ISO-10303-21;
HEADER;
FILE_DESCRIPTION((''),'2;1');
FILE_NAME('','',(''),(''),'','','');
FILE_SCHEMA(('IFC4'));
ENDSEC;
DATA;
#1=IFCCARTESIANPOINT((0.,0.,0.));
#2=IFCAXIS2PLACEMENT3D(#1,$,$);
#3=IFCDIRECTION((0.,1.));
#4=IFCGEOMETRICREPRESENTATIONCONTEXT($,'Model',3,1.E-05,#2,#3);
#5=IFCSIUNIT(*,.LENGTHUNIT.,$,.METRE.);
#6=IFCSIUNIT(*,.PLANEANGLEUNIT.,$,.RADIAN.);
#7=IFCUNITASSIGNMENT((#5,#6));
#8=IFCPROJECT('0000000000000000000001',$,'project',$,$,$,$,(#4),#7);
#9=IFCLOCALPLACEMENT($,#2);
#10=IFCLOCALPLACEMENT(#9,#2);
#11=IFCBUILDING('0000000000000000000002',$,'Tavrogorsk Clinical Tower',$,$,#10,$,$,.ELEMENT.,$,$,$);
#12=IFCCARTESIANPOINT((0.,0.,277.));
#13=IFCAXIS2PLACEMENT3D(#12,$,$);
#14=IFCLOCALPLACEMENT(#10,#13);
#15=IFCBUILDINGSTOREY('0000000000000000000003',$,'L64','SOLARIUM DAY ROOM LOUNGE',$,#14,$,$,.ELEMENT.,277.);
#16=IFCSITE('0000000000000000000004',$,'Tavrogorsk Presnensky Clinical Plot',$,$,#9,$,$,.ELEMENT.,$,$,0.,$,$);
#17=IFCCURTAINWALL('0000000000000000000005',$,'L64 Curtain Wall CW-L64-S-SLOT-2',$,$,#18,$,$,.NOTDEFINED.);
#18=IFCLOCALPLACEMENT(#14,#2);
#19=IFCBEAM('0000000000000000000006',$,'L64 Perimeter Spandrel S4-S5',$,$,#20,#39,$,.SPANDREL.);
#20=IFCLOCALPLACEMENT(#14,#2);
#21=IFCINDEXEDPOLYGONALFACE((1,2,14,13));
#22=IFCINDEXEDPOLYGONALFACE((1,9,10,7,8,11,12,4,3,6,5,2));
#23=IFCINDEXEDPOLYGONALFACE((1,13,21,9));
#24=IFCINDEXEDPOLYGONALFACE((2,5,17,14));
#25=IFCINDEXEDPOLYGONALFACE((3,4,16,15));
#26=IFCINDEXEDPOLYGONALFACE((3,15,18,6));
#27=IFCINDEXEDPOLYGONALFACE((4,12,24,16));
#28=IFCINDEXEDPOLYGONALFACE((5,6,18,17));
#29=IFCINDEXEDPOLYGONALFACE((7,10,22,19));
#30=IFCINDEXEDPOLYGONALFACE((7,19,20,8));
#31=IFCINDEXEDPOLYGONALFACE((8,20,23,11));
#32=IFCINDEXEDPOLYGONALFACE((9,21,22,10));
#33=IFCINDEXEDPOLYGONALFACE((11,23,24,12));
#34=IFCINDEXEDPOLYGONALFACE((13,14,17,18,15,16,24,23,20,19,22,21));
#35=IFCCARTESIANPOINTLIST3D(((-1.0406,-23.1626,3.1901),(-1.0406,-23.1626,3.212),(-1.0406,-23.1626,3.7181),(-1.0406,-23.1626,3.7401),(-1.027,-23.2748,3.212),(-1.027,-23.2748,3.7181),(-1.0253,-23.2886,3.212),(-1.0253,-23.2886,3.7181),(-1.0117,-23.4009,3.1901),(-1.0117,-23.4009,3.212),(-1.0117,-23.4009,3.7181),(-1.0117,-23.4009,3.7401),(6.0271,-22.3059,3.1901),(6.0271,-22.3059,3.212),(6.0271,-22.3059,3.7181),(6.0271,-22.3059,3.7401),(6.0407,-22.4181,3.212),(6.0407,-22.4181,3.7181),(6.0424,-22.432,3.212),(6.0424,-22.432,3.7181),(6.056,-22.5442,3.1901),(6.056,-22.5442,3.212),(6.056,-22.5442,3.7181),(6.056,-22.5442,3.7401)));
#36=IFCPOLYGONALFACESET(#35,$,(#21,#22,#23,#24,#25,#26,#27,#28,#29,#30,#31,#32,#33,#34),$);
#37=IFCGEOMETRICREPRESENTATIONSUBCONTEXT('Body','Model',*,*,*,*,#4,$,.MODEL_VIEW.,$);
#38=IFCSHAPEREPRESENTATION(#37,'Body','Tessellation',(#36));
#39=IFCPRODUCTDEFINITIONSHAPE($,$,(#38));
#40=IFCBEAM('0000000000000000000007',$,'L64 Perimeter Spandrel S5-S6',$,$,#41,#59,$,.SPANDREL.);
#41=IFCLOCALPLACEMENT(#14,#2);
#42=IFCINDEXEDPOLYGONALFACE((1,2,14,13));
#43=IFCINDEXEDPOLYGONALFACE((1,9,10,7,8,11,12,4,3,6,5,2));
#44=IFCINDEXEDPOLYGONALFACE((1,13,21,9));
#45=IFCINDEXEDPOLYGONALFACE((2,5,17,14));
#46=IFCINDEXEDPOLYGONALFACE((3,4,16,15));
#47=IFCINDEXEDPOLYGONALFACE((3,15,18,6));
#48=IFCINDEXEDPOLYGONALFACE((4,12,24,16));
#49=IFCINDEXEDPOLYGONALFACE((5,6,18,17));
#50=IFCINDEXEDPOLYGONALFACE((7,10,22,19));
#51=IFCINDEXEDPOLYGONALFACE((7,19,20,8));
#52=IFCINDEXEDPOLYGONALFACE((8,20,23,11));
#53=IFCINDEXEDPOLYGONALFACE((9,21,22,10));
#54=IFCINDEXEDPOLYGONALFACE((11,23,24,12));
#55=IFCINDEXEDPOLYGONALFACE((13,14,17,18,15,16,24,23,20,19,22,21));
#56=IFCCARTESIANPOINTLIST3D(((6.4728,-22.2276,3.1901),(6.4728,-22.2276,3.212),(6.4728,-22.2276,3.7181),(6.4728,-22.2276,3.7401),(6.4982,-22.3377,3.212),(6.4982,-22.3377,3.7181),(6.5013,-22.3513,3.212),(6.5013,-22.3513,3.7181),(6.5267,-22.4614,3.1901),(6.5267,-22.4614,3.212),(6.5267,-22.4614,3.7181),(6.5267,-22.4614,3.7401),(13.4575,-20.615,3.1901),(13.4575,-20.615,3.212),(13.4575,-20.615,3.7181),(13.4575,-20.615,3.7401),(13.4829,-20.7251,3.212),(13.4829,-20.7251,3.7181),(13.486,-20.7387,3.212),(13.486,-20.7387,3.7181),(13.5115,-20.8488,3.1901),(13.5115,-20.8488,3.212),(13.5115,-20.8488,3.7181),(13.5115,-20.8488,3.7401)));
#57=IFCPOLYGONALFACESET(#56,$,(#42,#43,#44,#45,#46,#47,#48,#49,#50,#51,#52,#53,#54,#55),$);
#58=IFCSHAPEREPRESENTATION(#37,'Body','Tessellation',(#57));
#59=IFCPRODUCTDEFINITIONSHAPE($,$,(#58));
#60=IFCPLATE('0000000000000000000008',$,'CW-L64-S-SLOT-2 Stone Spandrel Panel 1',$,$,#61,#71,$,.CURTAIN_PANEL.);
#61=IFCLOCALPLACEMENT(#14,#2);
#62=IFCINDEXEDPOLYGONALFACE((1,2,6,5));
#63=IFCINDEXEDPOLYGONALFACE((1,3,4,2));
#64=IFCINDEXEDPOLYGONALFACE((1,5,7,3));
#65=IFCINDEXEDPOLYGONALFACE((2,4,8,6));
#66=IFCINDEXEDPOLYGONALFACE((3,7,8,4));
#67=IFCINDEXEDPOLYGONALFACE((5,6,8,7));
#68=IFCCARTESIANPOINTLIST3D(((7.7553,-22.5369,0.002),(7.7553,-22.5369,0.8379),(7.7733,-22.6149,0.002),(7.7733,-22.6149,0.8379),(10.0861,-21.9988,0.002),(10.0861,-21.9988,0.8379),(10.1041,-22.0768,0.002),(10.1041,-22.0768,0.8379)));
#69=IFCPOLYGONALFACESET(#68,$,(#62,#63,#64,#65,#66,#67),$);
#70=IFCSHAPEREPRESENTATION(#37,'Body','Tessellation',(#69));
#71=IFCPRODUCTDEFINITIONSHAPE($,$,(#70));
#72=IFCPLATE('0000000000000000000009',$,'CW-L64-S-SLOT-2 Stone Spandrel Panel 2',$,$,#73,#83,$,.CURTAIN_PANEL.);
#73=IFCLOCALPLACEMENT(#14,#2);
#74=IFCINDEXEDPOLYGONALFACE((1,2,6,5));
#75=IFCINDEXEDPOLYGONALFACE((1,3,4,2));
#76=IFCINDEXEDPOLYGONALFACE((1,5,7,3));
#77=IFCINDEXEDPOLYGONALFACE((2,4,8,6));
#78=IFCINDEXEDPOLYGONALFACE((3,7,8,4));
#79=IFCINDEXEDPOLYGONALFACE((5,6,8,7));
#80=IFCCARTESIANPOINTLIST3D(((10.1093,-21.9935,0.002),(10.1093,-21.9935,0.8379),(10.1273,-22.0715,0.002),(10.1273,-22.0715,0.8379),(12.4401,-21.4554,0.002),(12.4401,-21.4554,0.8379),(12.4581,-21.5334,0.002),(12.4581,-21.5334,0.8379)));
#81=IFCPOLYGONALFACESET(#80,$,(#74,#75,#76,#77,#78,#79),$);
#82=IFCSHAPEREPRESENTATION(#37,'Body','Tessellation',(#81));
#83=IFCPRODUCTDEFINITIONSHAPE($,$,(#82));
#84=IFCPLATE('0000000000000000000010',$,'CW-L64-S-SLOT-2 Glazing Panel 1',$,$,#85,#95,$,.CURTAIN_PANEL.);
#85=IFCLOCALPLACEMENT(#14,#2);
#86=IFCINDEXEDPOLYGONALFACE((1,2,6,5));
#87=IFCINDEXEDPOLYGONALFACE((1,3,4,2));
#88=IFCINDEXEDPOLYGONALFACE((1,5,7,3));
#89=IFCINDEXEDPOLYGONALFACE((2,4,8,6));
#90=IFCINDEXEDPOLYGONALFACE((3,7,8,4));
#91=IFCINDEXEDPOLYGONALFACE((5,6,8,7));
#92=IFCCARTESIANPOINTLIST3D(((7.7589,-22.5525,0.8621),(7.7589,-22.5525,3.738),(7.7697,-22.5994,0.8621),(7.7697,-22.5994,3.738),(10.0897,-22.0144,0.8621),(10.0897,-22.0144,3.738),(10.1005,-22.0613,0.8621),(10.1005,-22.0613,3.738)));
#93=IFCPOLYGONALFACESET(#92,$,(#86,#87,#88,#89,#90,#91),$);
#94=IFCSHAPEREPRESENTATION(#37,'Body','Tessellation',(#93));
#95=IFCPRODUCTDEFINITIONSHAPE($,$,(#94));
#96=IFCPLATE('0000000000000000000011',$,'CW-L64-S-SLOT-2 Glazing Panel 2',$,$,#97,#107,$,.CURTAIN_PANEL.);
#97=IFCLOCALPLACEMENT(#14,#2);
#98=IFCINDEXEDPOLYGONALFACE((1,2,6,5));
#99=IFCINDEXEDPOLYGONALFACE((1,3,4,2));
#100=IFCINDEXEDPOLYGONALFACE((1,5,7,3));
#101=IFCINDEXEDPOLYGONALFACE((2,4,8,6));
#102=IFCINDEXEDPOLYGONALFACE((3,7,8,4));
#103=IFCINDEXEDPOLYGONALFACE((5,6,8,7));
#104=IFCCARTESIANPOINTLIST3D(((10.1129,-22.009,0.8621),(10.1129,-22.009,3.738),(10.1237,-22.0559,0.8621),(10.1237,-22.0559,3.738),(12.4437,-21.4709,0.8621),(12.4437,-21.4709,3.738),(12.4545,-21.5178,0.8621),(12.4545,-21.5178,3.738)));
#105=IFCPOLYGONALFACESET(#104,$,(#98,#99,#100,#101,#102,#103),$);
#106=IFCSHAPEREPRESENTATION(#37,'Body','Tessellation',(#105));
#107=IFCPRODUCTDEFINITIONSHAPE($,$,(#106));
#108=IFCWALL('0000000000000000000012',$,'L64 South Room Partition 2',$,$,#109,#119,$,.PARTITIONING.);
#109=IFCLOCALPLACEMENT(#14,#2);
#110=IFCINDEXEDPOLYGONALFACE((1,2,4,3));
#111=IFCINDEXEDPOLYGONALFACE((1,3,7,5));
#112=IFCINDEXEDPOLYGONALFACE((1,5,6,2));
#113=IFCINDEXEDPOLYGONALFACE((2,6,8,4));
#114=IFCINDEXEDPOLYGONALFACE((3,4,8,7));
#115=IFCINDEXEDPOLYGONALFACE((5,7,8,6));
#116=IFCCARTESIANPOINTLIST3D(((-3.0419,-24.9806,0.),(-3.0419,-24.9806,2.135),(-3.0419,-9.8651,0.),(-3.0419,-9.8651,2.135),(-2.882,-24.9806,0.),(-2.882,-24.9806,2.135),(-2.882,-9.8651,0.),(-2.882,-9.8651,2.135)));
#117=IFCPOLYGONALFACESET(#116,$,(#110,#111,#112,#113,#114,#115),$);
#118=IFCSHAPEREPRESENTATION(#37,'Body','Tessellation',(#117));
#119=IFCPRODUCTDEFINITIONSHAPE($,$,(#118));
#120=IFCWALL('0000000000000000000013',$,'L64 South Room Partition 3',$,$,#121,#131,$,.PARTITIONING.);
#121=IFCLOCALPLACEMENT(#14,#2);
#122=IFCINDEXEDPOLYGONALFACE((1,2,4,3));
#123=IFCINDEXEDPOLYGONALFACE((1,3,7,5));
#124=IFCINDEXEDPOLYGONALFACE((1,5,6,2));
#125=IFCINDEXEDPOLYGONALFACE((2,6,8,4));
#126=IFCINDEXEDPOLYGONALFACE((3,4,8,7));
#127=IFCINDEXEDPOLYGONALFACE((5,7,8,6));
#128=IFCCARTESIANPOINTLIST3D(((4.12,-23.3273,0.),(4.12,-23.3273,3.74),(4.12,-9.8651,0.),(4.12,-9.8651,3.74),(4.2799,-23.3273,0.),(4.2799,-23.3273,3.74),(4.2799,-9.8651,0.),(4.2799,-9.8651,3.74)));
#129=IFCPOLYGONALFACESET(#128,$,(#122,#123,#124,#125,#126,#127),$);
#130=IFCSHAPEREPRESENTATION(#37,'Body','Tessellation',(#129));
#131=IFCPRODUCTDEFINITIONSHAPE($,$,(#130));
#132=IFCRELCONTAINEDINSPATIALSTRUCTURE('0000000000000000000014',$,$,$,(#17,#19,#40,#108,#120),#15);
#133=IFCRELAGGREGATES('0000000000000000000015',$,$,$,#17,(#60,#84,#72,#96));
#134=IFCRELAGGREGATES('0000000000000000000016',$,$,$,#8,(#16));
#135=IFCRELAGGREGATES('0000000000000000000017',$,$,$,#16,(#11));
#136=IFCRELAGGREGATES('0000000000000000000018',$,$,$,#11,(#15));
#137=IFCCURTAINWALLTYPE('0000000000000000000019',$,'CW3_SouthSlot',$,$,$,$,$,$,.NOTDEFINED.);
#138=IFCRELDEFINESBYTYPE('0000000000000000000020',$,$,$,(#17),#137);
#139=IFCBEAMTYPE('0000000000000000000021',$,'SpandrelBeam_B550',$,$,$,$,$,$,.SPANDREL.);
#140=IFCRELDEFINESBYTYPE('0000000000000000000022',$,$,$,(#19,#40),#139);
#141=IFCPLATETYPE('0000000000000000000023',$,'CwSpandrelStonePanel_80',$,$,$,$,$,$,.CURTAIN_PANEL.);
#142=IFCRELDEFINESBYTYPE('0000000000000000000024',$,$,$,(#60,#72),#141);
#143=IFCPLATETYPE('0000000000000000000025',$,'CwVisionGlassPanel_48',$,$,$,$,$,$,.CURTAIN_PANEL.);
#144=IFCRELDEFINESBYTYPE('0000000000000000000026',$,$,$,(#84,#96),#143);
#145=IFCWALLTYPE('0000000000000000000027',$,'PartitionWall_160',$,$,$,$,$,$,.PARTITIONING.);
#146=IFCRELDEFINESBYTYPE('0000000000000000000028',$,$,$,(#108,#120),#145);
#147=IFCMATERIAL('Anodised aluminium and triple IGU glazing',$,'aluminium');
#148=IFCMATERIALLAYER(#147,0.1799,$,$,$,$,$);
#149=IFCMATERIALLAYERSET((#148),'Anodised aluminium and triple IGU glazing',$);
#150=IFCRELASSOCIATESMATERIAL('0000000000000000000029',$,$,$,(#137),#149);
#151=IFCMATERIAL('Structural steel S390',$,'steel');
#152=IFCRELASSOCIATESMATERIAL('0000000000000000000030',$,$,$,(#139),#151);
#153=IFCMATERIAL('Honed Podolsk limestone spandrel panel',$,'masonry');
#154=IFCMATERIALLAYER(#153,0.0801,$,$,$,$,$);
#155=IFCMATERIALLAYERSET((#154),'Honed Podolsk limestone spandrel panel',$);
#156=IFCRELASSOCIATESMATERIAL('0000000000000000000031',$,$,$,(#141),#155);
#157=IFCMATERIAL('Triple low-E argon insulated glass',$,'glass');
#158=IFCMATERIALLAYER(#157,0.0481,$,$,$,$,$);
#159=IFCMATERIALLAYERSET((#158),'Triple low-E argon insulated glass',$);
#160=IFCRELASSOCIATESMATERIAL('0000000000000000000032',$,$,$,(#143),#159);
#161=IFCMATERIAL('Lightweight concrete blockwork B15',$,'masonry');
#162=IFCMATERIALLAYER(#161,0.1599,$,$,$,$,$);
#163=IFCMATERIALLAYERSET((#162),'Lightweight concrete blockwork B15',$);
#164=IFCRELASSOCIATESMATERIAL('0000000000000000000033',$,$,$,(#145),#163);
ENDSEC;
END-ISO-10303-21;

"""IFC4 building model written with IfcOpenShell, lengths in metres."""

from ifc_helpers import new_model, si_unit, direction, frame, frame_2d, origin, origin_2d, place, context, subcontext, project, spatial, rectangle, i_section, extrude, material, layer, layer_set, material_profile, profile_set, type_object, element, aggregate, save


model = new_model("IFC4")

# Units and contexts
model_context = context("Model", 3, precision=1e-05, world=origin(), true_north=direction((0.0, 1.0)))
body_context = subcontext(model_context, "Body", "Model", "MODEL_VIEW")
ifc_project = project(units=[si_unit("LENGTHUNIT", "METRE"), si_unit("PLANEANGLEUNIT", "RADIAN")], contexts=[model_context])

# Site, building, storey
site_placement = place(None, origin())
site = spatial("IfcSite", under=ifc_project, at=site_placement, Name="Tavrogorsk Presnensky Clinical Plot", CompositionType="ELEMENT", RefElevation=0.0)
building_placement = place(site_placement, origin())
building = spatial("IfcBuilding", under=site, at=building_placement, Name="Tavrogorsk Clinical Tower", CompositionType="ELEMENT")
storey_placement = place(building_placement, frame((0.0, 0.0, 277.0)))
storey = spatial("IfcBuildingStorey", under=building, at=storey_placement, Name="L64", Description="SOLARIUM DAY ROOM LOUNGE", CompositionType="ELEMENT", Elevation=277.0)

# Curtain wall
ifc_material_1 = material(Name="Anodised aluminium and triple IGU glazing", Category="aluminium")
ifc_layer_1 = layer(ifc_material_1, 0.1799)
ifc_layer_set_1 = layer_set([ifc_layer_1], Name="Anodised aluminium and triple IGU glazing")
curtain_wall_type_1 = type_object("IfcCurtainWallType", Name="CW3_SouthSlot", PredefinedType="NOTDEFINED", material=ifc_layer_set_1)
curtain_wall_1_placement = place(storey_placement, origin())
curtain_wall_1 = element("IfcCurtainWall", 1, at=curtain_wall_1_placement, inside=storey, type_object=curtain_wall_type_1, Name="L64 Curtain Wall CW-L64-S-SLOT-2", PredefinedType="NOTDEFINED")

# Beams
ifc_material_2 = material(Name="Structural steel S390", Category="steel")
ifc_material_profile_1 = material_profile(ifc_material_2, i_section(OverallWidth=0.24, OverallDepth=0.55, WebThickness=0.0139, FlangeThickness=0.022, at=origin_2d()), Name="B-550x240x14x22")
ifc_profile_set_1 = profile_set([ifc_material_profile_1], Name="Structural steel S390")
beam_type = type_object("IfcBeamType", Name="SpandrelBeam_B550", PredefinedType="SPANDREL", material=ifc_profile_set_1)
beam_1_placement = place(storey_placement, frame((-1.0261, -23.2817, 3.4651), z_axis=(0.992734, 0.120332, 0.0), x_axis=(-0.120332, 0.992734, 0.0)))
element("IfcBeam", 2, at=beam_1_placement, inside=storey, type_object=beam_type, Name="L64 Perimeter Spandrel S4-S5", PredefinedType="SPANDREL", context=body_context, shape_type="SweptSolid", body=[
    extrude(i_section(OverallWidth=0.24, OverallDepth=0.55, WebThickness=0.0139, FlangeThickness=0.022, at=origin_2d()), origin(), (0.0, 0.0, 1.0), 7.1194),
])
beam_2_placement = place(storey_placement, frame((6.4998, -22.3445, 3.4651), z_axis=(0.974369, 0.224954, 0.0), x_axis=(-0.224954, 0.974369, 0.0)))
element("IfcBeam", 3, at=beam_2_placement, inside=storey, type_object=beam_type, Name="L64 Perimeter Spandrel S5-S6", PredefinedType="SPANDREL", context=body_context, shape_type="SweptSolid", body=[
    extrude(i_section(OverallWidth=0.24, OverallDepth=0.55, WebThickness=0.0139, FlangeThickness=0.022, at=origin_2d()), origin(), (0.0, 0.0, 1.0), 7.1685),
])

# Plates
ifc_material_3 = material(Name="Honed Podolsk limestone spandrel panel", Category="masonry")
ifc_layer_2 = layer(ifc_material_3, 0.0801)
ifc_layer_set_2 = layer_set([ifc_layer_2], Name="Honed Podolsk limestone spandrel panel")
plate_type_1 = type_object("IfcPlateType", Name="CwSpandrelStonePanel_80", PredefinedType="CURTAIN_PANEL", material=ifc_layer_set_2)
plate_1_placement = place(storey_placement, frame((8.9297, -22.3069, 0.002), z_axis=(0.0, 0.0, 1.0), x_axis=(0.97437, 0.224951, 0.0)))
plate_1 = element("IfcPlate", 4, at=plate_1_placement, type_object=plate_type_1, Name="CW-L64-S-SLOT-2 Stone Spandrel Panel 1", PredefinedType="CURTAIN_PANEL", context=body_context, shape_type="SweptSolid", body=[
    extrude(rectangle(XDim=2.3921, YDim=0.0801, at=origin_2d()), origin(), (0.0, 0.0, 1.0), 0.8359),
])
plate_2_placement = place(storey_placement, frame((11.2837, -21.7634, 0.002), z_axis=(0.0, 0.0, 1.0), x_axis=(0.97437, 0.224951, 0.0)))
plate_2 = element("IfcPlate", 5, at=plate_2_placement, type_object=plate_type_1, Name="CW-L64-S-SLOT-2 Stone Spandrel Panel 2", PredefinedType="CURTAIN_PANEL", context=body_context, shape_type="SweptSolid", body=[
    extrude(rectangle(XDim=2.3921, YDim=0.0801, at=origin_2d()), origin(), (0.0, 0.0, 1.0), 0.8359),
])
ifc_material_4 = material(Name="Triple low-E argon insulated glass", Category="glass")
ifc_layer_3 = layer(ifc_material_4, 0.0481)
ifc_layer_set_3 = layer_set([ifc_layer_3], Name="Triple low-E argon insulated glass")
plate_type_2 = type_object("IfcPlateType", Name="CwVisionGlassPanel_48", PredefinedType="CURTAIN_PANEL", material=ifc_layer_set_3)
plate_3_placement = place(storey_placement, frame((8.9297, -22.3069, 0.8621), z_axis=(0.0, 0.0, 1.0), x_axis=(0.97437, 0.224951, 0.0)))
plate_3 = element("IfcPlate", 6, at=plate_3_placement, type_object=plate_type_2, Name="CW-L64-S-SLOT-2 Glazing Panel 1", PredefinedType="CURTAIN_PANEL", context=body_context, shape_type="SweptSolid", body=[
    extrude(rectangle(XDim=2.3921, YDim=0.0481, at=origin_2d()), origin(), (0.0, 0.0, 1.0), 2.876),
])
plate_4_placement = place(storey_placement, frame((11.2837, -21.7634, 0.8621), z_axis=(0.0, 0.0, 1.0), x_axis=(0.97437, 0.224951, 0.0)))
plate_4 = element("IfcPlate", 7, at=plate_4_placement, type_object=plate_type_2, Name="CW-L64-S-SLOT-2 Glazing Panel 2", PredefinedType="CURTAIN_PANEL", context=body_context, shape_type="SweptSolid", body=[
    extrude(rectangle(XDim=2.3921, YDim=0.0481, at=origin_2d()), origin(), (0.0, 0.0, 1.0), 2.876),
])
aggregate(curtain_wall_1, [plate_1, plate_3, plate_2, plate_4])

# Walls
ifc_material_5 = material(Name="Lightweight concrete blockwork B15", Category="masonry")
ifc_layer_4 = layer(ifc_material_5, 0.1599)
ifc_layer_set_4 = layer_set([ifc_layer_4], Name="Lightweight concrete blockwork B15")
wall_type_1 = type_object("IfcWallType", Name="PartitionWall_160", PredefinedType="PARTITIONING", material=ifc_layer_set_4)
wall_1_placement = place(storey_placement, frame((-2.9619, -24.9805, 0.0), z_axis=(0.0, 0.0, 1.0), x_axis=(0.0, 1.0, 0.0)))
element("IfcWall", 8, at=wall_1_placement, inside=storey, type_object=wall_type_1, Name="L64 South Room Partition 2", PredefinedType="PARTITIONING", context=body_context, shape_type="SweptSolid", body=[
    extrude(rectangle(XDim=15.1155, YDim=0.1599, at=frame_2d((7.5576, 0.0))), origin(), (0.0, 0.0, 1.0), 2.135),
])
wall_2_placement = place(storey_placement, frame((4.2, -23.3271, 0.0), z_axis=(0.0, 0.0, 1.0), x_axis=(0.0, 1.0, 0.0)))
element("IfcWall", 9, at=wall_2_placement, inside=storey, type_object=wall_type_1, Name="L64 South Room Partition 3", PredefinedType="PARTITIONING", context=body_context, shape_type="SweptSolid", body=[
    extrude(rectangle(XDim=13.4622, YDim=0.1599, at=frame_2d((6.731, 0.0))), origin(), (0.0, 0.0, 1.0), 3.74),
])

save(model, "model.ifc")
